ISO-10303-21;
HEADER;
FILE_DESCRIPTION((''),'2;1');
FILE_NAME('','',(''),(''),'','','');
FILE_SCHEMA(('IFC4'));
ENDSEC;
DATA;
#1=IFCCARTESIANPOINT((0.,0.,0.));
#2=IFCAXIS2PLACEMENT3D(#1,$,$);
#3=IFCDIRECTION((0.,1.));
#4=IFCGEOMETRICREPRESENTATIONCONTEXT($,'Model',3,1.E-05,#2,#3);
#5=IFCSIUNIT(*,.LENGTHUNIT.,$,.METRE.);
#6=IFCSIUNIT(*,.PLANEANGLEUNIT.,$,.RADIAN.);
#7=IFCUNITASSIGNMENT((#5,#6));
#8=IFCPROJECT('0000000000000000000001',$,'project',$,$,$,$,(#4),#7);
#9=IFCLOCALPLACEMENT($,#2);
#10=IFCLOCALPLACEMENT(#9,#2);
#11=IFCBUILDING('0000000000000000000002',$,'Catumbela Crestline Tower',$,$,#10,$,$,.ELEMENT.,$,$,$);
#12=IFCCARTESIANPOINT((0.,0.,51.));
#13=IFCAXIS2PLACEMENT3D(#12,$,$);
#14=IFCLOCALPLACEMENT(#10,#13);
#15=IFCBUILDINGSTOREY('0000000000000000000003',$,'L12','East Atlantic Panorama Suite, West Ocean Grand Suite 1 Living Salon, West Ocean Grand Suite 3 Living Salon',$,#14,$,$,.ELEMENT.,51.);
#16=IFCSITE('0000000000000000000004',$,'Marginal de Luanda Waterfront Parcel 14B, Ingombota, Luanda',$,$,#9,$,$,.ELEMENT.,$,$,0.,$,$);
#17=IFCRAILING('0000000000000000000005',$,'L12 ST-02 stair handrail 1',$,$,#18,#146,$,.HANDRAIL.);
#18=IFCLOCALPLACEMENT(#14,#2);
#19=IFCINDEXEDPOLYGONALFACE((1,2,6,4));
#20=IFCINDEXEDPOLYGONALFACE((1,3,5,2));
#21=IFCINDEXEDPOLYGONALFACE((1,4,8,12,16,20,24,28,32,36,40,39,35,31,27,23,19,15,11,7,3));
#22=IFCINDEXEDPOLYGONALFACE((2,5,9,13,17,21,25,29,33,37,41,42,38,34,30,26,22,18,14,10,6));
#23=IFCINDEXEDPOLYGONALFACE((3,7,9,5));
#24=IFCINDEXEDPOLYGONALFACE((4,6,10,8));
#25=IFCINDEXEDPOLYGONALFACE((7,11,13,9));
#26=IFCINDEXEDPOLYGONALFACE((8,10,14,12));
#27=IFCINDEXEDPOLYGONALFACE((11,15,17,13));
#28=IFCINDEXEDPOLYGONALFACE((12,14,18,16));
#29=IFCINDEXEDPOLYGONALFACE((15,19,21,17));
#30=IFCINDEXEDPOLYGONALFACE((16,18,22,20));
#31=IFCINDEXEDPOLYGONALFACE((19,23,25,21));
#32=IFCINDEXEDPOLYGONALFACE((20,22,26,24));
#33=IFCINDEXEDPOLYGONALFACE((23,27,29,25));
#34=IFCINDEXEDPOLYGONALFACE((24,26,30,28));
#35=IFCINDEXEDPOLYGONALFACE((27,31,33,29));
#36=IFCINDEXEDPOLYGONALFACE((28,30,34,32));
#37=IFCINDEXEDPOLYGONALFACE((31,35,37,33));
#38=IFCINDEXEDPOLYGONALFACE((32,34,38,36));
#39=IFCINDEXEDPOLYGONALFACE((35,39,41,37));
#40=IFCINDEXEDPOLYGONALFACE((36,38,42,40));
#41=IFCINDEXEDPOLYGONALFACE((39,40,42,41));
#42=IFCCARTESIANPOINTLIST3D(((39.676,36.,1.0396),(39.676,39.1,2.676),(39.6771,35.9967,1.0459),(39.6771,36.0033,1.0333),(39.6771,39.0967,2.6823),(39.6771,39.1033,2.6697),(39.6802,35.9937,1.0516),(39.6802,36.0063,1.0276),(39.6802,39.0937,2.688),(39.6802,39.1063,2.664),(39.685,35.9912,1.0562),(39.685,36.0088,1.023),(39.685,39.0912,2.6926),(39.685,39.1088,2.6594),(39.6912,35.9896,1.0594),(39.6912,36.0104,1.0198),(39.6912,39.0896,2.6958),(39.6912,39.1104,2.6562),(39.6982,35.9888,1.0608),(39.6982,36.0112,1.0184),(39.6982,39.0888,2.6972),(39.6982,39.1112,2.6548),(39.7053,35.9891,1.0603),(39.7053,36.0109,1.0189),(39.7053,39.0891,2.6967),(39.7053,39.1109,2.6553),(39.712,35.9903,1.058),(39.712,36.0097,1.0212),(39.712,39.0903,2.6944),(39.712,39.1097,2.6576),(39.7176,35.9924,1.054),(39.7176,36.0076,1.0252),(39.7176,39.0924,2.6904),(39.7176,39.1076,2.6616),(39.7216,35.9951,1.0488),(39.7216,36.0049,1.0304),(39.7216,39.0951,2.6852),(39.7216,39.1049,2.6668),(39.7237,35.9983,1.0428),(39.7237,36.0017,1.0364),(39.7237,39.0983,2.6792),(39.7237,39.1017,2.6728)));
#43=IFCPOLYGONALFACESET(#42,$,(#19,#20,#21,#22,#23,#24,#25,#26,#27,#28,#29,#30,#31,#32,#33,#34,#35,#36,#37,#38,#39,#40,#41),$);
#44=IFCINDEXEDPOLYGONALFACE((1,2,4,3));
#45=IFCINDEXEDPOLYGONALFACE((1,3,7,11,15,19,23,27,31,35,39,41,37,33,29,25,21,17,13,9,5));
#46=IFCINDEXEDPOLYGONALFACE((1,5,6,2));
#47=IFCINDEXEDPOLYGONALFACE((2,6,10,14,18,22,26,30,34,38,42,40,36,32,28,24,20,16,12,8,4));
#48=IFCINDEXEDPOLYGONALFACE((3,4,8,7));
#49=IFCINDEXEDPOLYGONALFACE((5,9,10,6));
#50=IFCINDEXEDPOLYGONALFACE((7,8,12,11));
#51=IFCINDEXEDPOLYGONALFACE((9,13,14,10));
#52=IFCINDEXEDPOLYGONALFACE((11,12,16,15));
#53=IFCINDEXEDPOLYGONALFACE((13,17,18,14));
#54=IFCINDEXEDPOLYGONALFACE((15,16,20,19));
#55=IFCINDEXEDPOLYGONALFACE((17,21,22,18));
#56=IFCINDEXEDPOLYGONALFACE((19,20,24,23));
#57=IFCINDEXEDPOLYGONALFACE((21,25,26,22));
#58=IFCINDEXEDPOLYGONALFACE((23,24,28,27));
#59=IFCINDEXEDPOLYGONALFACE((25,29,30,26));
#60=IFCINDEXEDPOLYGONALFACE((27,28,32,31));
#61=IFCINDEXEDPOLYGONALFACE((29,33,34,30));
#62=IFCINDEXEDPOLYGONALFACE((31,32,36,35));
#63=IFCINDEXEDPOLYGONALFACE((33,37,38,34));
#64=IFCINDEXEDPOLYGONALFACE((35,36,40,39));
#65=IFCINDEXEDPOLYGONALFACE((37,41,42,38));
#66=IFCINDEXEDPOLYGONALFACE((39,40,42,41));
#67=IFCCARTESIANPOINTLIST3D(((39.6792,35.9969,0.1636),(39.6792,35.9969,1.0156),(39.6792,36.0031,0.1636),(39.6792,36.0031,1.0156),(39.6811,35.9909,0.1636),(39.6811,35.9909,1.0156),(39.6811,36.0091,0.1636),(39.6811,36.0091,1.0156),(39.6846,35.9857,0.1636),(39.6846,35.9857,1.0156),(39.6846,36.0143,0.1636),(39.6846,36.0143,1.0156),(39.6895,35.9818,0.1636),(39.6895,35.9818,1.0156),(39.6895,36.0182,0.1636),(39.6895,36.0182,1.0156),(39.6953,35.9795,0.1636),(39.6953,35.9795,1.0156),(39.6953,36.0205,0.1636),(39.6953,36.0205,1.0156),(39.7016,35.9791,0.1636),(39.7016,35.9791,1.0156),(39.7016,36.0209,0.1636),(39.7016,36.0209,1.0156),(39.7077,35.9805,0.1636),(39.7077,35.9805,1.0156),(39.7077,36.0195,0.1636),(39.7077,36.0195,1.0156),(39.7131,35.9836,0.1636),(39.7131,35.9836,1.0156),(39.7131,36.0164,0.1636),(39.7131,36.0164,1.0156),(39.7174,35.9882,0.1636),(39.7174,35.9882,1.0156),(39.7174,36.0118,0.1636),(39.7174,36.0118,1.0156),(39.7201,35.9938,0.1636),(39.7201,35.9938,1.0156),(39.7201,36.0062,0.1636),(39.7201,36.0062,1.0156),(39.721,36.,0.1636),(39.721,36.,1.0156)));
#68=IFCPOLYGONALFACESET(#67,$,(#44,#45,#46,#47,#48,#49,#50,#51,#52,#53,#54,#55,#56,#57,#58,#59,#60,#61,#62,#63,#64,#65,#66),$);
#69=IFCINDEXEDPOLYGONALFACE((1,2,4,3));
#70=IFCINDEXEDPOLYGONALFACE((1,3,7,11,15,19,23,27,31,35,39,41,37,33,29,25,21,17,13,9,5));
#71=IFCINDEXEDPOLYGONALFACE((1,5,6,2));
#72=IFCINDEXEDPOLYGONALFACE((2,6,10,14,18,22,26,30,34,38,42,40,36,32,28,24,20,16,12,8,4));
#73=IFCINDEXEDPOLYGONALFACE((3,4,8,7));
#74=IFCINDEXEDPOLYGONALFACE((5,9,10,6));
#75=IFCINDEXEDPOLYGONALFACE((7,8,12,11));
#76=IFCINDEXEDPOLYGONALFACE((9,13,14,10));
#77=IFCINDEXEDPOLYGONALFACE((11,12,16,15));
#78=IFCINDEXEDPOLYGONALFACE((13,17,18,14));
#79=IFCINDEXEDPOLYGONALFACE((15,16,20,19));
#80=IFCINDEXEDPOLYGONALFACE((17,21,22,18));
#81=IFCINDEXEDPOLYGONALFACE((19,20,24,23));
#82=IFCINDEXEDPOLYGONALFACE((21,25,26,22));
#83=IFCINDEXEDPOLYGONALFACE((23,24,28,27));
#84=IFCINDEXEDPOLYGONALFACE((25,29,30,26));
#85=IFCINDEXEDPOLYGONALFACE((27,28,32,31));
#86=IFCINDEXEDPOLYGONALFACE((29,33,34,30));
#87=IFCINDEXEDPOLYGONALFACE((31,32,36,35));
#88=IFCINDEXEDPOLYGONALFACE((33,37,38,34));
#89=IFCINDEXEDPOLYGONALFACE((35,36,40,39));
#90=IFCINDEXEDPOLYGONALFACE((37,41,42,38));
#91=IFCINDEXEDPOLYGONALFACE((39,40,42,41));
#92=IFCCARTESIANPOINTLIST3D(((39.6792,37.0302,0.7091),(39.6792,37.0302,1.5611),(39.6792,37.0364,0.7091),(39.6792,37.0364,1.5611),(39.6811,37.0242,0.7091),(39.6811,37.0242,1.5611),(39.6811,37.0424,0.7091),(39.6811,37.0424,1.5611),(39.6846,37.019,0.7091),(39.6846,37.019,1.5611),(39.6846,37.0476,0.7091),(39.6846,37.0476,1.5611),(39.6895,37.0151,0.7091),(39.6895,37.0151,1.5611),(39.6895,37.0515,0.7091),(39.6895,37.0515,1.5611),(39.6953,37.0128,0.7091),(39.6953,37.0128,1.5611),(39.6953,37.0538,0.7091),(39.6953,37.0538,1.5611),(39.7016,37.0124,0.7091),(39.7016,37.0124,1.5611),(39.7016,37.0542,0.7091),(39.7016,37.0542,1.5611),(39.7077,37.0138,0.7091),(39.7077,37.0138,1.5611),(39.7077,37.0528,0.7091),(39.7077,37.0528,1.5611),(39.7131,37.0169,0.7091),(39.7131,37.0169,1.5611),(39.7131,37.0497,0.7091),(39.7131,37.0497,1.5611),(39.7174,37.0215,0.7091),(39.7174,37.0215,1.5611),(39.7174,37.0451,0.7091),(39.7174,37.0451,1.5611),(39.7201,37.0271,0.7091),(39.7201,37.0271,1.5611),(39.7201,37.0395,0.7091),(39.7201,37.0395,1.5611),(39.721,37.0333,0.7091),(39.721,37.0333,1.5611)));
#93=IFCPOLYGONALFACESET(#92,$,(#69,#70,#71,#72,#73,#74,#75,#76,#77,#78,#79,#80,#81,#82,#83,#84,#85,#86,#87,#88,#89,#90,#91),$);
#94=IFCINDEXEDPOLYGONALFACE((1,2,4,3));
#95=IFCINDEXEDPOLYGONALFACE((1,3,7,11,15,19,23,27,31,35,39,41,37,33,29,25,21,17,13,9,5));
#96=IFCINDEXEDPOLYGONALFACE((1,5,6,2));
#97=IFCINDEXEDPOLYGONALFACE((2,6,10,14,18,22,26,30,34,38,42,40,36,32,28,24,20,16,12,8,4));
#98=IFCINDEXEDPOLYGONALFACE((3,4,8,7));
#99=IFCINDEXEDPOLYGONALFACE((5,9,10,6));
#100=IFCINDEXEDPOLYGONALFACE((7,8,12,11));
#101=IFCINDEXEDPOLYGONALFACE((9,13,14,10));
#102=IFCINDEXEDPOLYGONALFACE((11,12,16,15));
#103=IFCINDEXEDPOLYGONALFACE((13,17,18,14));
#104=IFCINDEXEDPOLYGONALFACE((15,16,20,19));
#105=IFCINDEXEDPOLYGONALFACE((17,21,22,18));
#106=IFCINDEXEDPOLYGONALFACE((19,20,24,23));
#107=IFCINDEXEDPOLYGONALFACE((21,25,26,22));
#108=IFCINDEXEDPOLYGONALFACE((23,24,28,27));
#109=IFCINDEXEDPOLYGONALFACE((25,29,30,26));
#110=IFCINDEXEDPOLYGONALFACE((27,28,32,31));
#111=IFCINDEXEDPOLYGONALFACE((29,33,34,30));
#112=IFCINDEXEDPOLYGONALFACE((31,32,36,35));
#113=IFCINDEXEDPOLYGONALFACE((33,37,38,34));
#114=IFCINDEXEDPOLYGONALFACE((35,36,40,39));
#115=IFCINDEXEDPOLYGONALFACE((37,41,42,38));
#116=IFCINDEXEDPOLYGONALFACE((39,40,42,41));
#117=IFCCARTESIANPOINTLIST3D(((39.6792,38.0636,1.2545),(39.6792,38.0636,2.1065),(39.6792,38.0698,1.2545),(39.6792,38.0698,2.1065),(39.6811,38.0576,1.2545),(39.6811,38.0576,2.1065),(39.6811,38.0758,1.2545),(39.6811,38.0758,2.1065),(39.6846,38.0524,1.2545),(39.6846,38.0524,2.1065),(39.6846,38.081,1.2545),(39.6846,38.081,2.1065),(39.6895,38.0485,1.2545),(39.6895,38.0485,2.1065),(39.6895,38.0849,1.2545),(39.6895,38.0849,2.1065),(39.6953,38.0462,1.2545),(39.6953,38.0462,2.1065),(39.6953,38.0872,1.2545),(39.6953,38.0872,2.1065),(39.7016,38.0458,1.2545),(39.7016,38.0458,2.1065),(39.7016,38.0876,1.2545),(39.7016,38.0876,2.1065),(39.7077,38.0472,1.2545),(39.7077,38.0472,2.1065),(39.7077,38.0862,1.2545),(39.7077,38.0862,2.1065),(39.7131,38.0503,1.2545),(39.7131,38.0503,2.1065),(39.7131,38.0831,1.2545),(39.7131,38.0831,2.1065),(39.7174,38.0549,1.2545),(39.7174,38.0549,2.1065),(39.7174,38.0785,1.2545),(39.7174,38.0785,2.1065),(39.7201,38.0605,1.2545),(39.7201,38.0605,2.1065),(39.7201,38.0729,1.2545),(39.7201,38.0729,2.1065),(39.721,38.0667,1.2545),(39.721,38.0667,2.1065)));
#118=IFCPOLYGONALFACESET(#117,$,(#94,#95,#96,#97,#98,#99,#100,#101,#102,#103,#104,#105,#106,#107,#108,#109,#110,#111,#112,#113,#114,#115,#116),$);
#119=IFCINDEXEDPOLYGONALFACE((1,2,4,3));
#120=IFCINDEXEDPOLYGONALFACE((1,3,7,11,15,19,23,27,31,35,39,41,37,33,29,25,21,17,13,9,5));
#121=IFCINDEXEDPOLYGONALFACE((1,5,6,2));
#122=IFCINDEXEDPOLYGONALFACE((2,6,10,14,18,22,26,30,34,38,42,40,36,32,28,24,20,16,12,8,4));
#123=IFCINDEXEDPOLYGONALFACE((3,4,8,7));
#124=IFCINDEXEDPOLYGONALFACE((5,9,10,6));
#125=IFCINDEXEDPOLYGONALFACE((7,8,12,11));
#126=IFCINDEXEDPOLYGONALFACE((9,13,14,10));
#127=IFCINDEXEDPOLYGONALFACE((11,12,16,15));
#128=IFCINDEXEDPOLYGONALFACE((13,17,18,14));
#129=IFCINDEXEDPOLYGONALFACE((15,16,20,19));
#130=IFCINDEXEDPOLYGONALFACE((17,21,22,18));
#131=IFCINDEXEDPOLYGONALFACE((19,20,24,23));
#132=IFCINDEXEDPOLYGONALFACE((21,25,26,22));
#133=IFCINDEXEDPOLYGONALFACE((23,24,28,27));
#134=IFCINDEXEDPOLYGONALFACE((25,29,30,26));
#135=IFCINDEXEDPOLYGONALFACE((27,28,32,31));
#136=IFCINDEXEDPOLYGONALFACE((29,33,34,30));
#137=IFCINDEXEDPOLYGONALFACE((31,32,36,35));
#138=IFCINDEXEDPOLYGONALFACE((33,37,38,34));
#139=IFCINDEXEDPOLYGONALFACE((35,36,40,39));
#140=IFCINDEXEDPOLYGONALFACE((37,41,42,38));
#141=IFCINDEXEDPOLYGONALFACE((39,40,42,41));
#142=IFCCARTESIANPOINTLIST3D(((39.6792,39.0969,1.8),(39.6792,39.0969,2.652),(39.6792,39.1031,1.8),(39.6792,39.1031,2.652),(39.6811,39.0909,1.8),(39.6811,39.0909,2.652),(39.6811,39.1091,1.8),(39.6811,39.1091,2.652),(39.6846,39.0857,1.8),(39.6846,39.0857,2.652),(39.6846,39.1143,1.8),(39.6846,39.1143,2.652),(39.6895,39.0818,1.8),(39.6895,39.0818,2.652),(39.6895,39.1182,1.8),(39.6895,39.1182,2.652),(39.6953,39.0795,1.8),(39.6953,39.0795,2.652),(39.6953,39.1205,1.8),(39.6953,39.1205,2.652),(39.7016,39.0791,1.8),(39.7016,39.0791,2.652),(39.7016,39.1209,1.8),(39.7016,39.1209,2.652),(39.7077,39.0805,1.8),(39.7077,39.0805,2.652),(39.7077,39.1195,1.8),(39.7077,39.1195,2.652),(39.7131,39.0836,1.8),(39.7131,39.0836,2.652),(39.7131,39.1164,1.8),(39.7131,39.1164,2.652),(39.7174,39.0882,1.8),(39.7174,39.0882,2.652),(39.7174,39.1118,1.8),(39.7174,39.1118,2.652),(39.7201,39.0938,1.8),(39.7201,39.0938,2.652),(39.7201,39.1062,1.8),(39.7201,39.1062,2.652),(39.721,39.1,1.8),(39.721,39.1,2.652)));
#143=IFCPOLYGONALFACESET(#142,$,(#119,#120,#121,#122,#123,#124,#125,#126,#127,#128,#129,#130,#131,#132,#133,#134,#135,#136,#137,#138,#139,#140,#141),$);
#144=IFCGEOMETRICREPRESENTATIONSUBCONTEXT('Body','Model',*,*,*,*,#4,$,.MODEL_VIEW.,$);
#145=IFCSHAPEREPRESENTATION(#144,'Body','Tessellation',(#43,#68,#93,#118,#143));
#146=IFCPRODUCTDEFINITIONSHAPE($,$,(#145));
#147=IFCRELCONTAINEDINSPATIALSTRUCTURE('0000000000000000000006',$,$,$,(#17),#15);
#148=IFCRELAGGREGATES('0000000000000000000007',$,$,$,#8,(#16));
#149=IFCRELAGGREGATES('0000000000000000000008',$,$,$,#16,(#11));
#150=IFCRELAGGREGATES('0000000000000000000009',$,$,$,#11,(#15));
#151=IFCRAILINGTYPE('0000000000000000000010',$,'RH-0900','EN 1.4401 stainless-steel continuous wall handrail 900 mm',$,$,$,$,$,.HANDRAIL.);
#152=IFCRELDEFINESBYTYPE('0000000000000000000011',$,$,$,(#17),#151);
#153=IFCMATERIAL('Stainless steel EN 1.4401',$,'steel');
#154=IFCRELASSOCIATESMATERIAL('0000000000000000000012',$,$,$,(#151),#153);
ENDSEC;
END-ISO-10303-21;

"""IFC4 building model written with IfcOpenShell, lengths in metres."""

from ifc_helpers import new_model, si_unit, direction, frame, origin, origin_2d, place, context, subcontext, project, spatial, circle, extrude, material, type_object, element, save


model = new_model("IFC4")

# Units and contexts
model_context = context("Model", 3, precision=1e-05, world=origin(), true_north=direction((0.0, 1.0)))
body_context = subcontext(model_context, "Body", "Model", "MODEL_VIEW")
ifc_project = project(units=[si_unit("LENGTHUNIT", "METRE"), si_unit("PLANEANGLEUNIT", "RADIAN")], contexts=[model_context])

# Site, building, storey
site_placement = place(None, origin())
site = spatial("IfcSite", under=ifc_project, at=site_placement, Name="Marginal de Luanda Waterfront Parcel 14B, Ingombota, Luanda", CompositionType="ELEMENT", RefElevation=0.0)
building_placement = place(site_placement, origin())
building = spatial("IfcBuilding", under=site, at=building_placement, Name="Catumbela Crestline Tower", CompositionType="ELEMENT")
storey_placement = place(building_placement, frame((0.0, 0.0, 51.0)))
storey = spatial("IfcBuildingStorey", under=building, at=storey_placement, Name="L12", Description="East Atlantic Panorama Suite, West Ocean Grand Suite 1 Living Salon, West Ocean Grand Suite 3 Living Salon", CompositionType="ELEMENT", Elevation=51.0)

# Shared definitions
ifc_material_1 = material(Name="Stainless steel EN 1.4401", Category="steel")

# Railing
railing_type_1 = type_object("IfcRailingType", Name="RH-0900", Description="EN 1.4401 stainless-steel continuous wall handrail 900 mm", PredefinedType="HANDRAIL", material=ifc_material_1)
railing_1_placement = place(storey_placement, frame((39.7, 36.0, 0.1636)))
element("IfcRailing", 1, at=railing_1_placement, inside=storey, type_object=railing_type_1, Name="L12 ST-02 stair handrail 1", PredefinedType="HANDRAIL", context=body_context, shape_type="SweptSolid", body=[
    extrude(circle(Radius=0.024, at=origin_2d()), frame((0.0, 0.0, 0.876), z_axis=(0.0, 0.884351, 0.466823), x_axis=(-1.0, 0.0, 0.0)), (0.0, 0.0, 1.0), 3.5054),
    extrude(circle(Radius=0.021, at=origin_2d()), origin(), (0.0, 0.0, 1.0), 0.852),
    extrude(circle(Radius=0.021, at=origin_2d()), frame((0.0, 1.0333, 0.5455)), (0.0, 0.0, 1.0), 0.852),
    extrude(circle(Radius=0.021, at=origin_2d()), frame((0.0, 2.0667, 1.0909)), (0.0, 0.0, 1.0), 0.852),
    extrude(circle(Radius=0.021, at=origin_2d()), frame((0.0, 3.1, 1.6364)), (0.0, 0.0, 1.0), 0.852),
])

save(model, "model.ifc")
